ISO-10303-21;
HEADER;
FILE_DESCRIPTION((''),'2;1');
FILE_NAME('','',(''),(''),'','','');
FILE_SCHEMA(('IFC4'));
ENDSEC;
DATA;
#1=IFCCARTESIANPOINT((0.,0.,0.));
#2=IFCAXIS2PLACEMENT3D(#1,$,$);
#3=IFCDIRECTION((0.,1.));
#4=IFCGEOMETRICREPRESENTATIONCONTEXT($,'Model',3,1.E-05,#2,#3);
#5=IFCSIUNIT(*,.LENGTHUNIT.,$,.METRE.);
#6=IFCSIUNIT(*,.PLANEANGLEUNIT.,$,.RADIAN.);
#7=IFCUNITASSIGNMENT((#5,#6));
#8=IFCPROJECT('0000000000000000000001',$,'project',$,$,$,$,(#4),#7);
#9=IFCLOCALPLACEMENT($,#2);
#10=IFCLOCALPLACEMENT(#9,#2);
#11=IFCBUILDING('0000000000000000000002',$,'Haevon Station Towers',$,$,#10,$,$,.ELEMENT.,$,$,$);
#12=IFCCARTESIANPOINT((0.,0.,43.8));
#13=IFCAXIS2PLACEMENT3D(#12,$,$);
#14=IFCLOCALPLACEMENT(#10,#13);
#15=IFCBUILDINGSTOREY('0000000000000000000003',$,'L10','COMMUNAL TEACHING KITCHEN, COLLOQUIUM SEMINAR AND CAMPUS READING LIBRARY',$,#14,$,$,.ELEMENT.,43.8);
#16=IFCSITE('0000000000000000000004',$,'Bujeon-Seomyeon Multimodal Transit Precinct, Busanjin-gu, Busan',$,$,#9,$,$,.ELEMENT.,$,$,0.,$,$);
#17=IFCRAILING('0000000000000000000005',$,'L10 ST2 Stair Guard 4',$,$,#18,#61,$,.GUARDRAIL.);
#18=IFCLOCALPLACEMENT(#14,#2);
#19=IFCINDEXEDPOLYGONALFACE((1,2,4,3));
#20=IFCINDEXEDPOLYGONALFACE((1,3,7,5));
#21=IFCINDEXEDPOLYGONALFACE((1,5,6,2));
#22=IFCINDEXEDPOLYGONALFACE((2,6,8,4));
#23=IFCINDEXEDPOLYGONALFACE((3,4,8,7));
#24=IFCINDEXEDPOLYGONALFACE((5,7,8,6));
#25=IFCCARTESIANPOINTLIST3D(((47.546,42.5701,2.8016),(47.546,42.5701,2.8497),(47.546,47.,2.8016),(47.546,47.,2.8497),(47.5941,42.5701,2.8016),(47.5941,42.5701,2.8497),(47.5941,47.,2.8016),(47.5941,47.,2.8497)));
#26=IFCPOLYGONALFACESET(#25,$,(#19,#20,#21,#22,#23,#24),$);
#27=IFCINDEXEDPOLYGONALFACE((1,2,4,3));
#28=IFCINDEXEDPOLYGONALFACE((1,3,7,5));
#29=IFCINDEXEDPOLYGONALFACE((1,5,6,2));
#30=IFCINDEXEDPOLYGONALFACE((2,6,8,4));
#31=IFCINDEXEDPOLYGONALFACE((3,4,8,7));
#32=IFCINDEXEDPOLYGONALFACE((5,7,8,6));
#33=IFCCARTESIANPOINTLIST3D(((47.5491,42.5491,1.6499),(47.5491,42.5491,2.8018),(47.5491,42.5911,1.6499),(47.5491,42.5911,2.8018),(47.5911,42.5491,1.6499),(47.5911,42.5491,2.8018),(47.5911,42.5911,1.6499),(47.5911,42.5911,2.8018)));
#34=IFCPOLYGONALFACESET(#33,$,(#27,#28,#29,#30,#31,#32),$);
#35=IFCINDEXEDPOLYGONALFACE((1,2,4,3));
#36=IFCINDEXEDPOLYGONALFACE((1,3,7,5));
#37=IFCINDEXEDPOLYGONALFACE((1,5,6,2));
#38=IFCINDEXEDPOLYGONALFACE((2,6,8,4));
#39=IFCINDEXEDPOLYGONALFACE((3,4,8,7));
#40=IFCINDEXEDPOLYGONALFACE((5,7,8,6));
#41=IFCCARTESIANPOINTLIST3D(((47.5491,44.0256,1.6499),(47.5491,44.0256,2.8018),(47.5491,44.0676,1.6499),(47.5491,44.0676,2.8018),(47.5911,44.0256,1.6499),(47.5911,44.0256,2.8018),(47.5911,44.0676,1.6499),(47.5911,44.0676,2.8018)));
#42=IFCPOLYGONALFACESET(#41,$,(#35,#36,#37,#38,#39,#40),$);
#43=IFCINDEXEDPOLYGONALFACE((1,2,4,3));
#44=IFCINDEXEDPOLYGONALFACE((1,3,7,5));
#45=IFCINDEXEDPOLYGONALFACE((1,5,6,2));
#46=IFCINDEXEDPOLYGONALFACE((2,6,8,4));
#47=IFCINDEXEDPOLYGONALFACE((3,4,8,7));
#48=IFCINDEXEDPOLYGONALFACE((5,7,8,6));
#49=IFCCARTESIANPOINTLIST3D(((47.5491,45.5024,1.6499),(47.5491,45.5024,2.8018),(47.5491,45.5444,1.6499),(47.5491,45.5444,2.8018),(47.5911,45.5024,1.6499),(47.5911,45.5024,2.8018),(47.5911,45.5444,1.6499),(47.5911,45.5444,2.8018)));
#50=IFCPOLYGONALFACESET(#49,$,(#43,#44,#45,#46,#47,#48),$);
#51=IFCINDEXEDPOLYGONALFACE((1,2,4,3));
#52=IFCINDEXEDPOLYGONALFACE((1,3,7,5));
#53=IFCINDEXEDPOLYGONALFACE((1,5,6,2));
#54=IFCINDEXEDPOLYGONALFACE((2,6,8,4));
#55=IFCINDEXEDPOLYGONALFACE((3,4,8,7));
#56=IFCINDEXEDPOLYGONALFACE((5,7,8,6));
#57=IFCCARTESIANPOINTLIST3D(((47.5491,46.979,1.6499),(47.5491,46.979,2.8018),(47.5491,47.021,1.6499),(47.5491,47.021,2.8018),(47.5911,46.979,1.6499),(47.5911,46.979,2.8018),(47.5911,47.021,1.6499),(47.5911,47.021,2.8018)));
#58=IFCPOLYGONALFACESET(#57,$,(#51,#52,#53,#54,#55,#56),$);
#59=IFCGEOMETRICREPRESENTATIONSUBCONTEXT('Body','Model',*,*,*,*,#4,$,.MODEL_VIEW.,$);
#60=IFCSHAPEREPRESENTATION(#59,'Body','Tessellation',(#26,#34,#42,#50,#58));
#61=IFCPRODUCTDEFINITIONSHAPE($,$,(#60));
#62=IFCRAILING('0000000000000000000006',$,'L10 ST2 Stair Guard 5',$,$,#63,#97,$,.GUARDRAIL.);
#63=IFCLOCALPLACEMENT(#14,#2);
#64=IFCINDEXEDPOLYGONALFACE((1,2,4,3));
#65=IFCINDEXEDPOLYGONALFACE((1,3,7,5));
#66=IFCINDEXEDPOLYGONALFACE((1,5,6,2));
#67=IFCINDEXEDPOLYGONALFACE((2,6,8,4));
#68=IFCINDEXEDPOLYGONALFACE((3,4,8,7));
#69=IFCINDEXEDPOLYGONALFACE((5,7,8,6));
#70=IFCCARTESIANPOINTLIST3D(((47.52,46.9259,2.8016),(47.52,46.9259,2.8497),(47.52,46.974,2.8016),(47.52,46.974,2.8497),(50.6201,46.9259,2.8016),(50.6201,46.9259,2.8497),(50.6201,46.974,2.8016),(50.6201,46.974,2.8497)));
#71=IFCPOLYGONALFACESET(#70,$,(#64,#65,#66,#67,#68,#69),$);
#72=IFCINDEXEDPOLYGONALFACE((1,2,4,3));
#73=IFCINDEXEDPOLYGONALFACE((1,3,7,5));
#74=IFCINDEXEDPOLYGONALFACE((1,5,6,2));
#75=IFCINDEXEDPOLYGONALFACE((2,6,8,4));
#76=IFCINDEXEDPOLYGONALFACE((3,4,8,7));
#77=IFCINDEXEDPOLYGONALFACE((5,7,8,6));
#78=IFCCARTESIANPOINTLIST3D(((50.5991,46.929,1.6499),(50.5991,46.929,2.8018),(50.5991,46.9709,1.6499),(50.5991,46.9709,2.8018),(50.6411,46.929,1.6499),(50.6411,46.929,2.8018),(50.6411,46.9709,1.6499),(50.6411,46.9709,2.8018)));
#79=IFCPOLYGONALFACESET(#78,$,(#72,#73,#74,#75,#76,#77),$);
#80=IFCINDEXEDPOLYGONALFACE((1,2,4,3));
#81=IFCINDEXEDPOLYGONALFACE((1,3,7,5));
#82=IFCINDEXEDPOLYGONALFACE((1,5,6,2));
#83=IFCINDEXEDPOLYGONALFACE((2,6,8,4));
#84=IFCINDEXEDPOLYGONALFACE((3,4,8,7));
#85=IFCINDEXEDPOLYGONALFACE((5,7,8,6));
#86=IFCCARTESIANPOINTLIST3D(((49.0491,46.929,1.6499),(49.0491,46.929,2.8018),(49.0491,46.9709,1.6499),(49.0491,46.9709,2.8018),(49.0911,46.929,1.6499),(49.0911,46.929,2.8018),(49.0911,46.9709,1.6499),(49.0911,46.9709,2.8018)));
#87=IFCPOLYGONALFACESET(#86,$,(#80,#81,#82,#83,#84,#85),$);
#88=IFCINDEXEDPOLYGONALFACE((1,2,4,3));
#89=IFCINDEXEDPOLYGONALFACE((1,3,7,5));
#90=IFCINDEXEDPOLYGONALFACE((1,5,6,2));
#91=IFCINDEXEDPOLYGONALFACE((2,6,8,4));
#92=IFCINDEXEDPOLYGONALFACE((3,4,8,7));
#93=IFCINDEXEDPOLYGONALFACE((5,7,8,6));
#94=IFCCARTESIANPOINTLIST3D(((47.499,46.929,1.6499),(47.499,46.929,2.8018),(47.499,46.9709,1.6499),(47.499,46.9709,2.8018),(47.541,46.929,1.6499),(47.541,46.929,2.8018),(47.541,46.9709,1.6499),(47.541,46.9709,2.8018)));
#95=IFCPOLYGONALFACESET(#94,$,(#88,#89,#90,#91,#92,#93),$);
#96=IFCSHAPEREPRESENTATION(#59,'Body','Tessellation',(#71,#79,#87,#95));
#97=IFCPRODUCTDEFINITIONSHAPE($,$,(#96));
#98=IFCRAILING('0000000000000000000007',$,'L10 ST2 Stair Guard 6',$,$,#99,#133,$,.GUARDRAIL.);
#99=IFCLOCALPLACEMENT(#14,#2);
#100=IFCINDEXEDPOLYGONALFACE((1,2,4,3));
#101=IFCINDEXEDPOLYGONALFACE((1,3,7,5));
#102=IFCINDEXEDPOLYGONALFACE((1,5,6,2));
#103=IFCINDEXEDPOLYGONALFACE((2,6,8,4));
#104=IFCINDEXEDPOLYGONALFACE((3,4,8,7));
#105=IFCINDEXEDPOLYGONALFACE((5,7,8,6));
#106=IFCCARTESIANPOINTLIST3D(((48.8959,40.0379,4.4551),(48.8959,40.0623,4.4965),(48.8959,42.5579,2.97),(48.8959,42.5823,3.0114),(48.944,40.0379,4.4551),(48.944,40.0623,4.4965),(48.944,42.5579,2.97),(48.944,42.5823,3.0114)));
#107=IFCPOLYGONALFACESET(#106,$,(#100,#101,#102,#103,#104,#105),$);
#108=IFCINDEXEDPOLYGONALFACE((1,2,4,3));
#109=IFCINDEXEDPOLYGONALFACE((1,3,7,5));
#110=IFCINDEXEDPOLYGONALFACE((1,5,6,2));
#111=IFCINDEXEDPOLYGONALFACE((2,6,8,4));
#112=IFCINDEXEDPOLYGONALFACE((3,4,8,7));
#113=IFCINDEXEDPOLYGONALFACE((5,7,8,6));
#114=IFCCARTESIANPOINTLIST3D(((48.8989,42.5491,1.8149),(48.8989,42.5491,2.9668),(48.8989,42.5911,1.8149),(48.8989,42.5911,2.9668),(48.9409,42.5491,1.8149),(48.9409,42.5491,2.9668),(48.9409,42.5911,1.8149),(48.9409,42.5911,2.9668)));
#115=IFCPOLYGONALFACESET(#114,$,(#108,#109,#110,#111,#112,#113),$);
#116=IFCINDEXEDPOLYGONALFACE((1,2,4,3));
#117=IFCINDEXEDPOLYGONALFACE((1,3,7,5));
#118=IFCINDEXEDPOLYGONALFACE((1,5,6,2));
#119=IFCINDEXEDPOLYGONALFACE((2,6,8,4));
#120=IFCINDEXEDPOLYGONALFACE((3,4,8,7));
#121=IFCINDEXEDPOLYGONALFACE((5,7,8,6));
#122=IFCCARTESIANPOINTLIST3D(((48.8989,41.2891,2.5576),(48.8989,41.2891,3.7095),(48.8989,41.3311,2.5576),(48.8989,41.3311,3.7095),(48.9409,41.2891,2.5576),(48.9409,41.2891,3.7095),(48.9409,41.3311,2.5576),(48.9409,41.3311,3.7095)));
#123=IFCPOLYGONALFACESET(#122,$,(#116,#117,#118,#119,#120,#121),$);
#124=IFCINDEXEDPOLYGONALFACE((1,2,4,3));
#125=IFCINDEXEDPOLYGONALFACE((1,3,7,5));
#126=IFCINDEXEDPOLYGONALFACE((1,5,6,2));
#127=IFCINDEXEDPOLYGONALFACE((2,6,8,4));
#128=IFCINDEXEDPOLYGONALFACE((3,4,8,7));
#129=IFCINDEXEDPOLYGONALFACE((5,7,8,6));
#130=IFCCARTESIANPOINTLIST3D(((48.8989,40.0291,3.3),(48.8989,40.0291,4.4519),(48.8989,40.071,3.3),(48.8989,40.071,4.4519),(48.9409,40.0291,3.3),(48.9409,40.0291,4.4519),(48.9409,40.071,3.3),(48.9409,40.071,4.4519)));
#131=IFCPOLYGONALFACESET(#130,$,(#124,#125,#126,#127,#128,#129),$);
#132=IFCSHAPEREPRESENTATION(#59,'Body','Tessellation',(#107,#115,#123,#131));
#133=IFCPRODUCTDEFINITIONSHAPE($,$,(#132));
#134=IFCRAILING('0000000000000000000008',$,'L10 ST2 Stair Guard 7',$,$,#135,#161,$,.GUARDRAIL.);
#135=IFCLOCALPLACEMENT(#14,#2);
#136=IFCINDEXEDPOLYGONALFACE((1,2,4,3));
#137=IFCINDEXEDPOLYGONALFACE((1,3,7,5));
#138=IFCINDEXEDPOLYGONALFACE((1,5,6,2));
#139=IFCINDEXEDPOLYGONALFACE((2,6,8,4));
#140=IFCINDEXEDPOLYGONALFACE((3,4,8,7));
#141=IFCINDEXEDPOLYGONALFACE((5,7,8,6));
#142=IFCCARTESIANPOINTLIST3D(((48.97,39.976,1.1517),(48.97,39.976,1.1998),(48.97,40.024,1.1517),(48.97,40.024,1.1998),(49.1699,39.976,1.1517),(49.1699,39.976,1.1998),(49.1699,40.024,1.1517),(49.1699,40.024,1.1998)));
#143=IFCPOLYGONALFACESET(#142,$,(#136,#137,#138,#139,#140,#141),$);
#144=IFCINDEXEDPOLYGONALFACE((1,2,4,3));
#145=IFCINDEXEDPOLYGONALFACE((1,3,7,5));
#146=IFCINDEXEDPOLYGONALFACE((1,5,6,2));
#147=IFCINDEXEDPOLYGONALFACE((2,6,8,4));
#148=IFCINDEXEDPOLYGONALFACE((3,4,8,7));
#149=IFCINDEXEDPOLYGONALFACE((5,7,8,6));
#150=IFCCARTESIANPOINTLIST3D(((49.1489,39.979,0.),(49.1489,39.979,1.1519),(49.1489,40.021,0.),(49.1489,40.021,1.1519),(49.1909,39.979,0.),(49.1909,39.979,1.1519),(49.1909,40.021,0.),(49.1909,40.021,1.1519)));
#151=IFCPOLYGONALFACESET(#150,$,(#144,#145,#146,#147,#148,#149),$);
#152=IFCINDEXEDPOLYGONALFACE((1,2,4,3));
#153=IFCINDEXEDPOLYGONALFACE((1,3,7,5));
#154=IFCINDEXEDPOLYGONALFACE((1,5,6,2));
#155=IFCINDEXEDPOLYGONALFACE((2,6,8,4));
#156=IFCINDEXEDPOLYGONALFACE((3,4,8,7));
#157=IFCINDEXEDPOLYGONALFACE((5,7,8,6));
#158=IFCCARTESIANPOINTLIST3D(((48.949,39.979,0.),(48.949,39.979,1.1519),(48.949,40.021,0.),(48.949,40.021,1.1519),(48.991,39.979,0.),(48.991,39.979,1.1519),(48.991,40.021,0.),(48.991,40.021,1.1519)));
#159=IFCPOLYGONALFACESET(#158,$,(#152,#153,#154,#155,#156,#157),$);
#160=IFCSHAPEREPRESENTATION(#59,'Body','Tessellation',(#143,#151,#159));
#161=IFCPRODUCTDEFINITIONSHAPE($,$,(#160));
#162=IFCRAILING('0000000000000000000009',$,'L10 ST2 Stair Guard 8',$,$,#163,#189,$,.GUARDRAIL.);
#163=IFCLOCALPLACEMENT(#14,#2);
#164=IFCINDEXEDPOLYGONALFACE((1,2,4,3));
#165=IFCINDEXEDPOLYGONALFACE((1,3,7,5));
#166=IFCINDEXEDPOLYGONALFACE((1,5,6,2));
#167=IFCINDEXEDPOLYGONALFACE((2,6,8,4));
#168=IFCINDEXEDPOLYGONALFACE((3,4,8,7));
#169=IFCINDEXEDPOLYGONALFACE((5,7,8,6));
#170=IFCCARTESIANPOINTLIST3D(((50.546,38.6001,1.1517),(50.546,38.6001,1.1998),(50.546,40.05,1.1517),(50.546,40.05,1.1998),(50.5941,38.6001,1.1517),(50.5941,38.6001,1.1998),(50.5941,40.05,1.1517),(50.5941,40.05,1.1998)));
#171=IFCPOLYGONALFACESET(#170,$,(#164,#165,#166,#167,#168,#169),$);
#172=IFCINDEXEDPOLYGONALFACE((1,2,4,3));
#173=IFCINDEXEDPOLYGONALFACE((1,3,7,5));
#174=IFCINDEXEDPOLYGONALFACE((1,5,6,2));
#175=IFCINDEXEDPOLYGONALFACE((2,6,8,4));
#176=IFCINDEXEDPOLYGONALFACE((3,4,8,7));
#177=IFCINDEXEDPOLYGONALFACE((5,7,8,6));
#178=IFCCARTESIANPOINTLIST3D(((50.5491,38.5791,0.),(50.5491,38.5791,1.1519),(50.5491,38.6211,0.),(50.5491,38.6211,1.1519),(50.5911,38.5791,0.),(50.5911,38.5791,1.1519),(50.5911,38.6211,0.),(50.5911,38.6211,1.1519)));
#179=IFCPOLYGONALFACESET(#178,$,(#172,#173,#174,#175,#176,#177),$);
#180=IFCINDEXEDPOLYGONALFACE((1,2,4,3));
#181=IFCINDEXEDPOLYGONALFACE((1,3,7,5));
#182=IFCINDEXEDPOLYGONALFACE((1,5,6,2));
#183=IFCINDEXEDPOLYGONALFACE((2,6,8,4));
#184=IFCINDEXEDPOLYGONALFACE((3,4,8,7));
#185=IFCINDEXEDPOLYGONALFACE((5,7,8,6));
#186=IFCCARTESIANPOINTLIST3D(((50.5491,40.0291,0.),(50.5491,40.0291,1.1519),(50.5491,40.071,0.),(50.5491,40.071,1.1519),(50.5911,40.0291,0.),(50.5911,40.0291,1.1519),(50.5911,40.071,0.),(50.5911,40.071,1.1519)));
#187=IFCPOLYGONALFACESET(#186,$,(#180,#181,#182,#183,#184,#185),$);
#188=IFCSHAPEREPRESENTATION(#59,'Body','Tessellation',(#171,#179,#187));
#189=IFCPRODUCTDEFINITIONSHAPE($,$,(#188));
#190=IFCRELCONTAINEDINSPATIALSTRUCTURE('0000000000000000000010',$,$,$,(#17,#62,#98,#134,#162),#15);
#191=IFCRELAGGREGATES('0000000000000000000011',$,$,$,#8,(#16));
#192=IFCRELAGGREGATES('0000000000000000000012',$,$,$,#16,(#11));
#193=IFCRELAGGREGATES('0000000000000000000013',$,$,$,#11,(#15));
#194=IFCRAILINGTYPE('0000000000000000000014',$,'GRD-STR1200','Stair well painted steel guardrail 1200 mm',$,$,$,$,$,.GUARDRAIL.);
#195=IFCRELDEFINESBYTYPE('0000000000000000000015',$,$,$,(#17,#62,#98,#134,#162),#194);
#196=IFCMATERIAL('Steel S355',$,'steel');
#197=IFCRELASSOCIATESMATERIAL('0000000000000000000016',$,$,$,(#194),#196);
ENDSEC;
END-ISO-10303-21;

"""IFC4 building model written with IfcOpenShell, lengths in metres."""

from ifc_helpers import new_model, si_unit, direction, frame, origin, origin_2d, place, context, subcontext, project, spatial, rectangle, extrude, material, type_object, element, save


model = new_model("IFC4")

# Units and contexts
model_context = context("Model", 3, precision=1e-05, world=origin(), true_north=direction((0.0, 1.0)))
body_context = subcontext(model_context, "Body", "Model", "MODEL_VIEW")
ifc_project = project(units=[si_unit("LENGTHUNIT", "METRE"), si_unit("PLANEANGLEUNIT", "RADIAN")], contexts=[model_context])

# Site, building, storey
site_placement = place(None, origin())
site = spatial("IfcSite", under=ifc_project, at=site_placement, Name="Bujeon-Seomyeon Multimodal Transit Precinct, Busanjin-gu, Busan", CompositionType="ELEMENT", RefElevation=0.0)
building_placement = place(site_placement, origin())
building = spatial("IfcBuilding", under=site, at=building_placement, Name="Haevon Station Towers", CompositionType="ELEMENT")
storey_placement = place(building_placement, frame((0.0, 0.0, 43.8)))
storey = spatial("IfcBuildingStorey", under=building, at=storey_placement, Name="L10", Description="COMMUNAL TEACHING KITCHEN, COLLOQUIUM SEMINAR AND CAMPUS READING LIBRARY", CompositionType="ELEMENT", Elevation=43.8)

# Shared definitions
ifc_material_1 = material(Name="Steel S355", Category="steel")

# Railings
railing_type_1 = type_object("IfcRailingType", Name="GRD-STR1200", Description="Stair well painted steel guardrail 1200 mm", PredefinedType="GUARDRAIL", material=ifc_material_1)
for number, where, name in (
    (1, (47.5701, 42.5701, 1.6499), "L10 ST2 Stair Guard 4"),
):
    element("IfcRailing", number, at=place(storey_placement, frame(where)), inside=storey, type_object=railing_type_1, Name=name, PredefinedType="GUARDRAIL", context=body_context, shape_type="SweptSolid", body=[
        extrude(rectangle(XDim=0.0481, YDim=0.0481, at=origin_2d()), frame((0.0, 0.0, 1.1758), z_axis=(0.0, 1.0, 0.0), x_axis=(-1.0, 0.0, 0.0)), (0.0, 0.0, 1.0), 4.4299),
        extrude(rectangle(XDim=0.042, YDim=0.042, at=origin_2d()), origin(), (0.0, 0.0, 1.0), 1.1519),
        extrude(rectangle(XDim=0.042, YDim=0.042, at=origin_2d()), frame((0.0, 1.4766, 0.0)), (0.0, 0.0, 1.0), 1.1519),
        extrude(rectangle(XDim=0.042, YDim=0.042, at=origin_2d()), frame((0.0, 2.9534, 0.0)), (0.0, 0.0, 1.0), 1.1519),
        extrude(rectangle(XDim=0.042, YDim=0.042, at=origin_2d()), frame((0.0, 4.4299, 0.0)), (0.0, 0.0, 1.0), 1.1519),
    ])
railing_1_placement = place(storey_placement, frame((50.6201, 46.95, 1.6499)))
element("IfcRailing", 2, at=railing_1_placement, inside=storey, type_object=railing_type_1, Name="L10 ST2 Stair Guard 5", PredefinedType="GUARDRAIL", context=body_context, shape_type="SweptSolid", body=[
    extrude(rectangle(XDim=0.0481, YDim=0.0481, at=origin_2d()), frame((0.0, 0.0, 1.1758), z_axis=(-1.0, 0.0, 0.0), x_axis=(0.0, -1.0, 0.0)), (0.0, 0.0, 1.0), 3.1001),
    extrude(rectangle(XDim=0.042, YDim=0.042, at=origin_2d()), origin(), (0.0, 0.0, 1.0), 1.1519),
    extrude(rectangle(XDim=0.042, YDim=0.042, at=origin_2d()), frame((-1.55, 0.0, 0.0)), (0.0, 0.0, 1.0), 1.1519),
    extrude(rectangle(XDim=0.042, YDim=0.042, at=origin_2d()), frame((-3.1001, 0.0, 0.0)), (0.0, 0.0, 1.0), 1.1519),
])
railing_2_placement = place(storey_placement, frame((48.9199, 42.5701, 1.8149)))
element("IfcRailing", 3, at=railing_2_placement, inside=storey, type_object=railing_type_1, Name="L10 ST2 Stair Guard 6", PredefinedType="GUARDRAIL", context=body_context, shape_type="SweptSolid", body=[
    extrude(rectangle(XDim=0.0481, YDim=0.0481, at=origin_2d()), frame((0.0, 0.0, 1.1758), z_axis=(0.0, -0.861524, 0.507717), x_axis=(1.0, 0.0, 0.0)), (0.0, 0.0, 1.0), 2.925),
    extrude(rectangle(XDim=0.042, YDim=0.042, at=origin_2d()), origin(), (0.0, 0.0, 1.0), 1.1519),
    extrude(rectangle(XDim=0.042, YDim=0.042, at=origin_2d()), frame((0.0, -1.26, 0.7427)), (0.0, 0.0, 1.0), 1.1519),
    extrude(rectangle(XDim=0.042, YDim=0.042, at=origin_2d()), frame((0.0, -2.52, 1.4851)), (0.0, 0.0, 1.0), 1.1519),
])
railing_3_placement = place(storey_placement, frame((49.1699, 40.0, 0.0)))
element("IfcRailing", 4, at=railing_3_placement, inside=storey, type_object=railing_type_1, Name="L10 ST2 Stair Guard 7", PredefinedType="GUARDRAIL", context=body_context, shape_type="SweptSolid", body=[
    extrude(rectangle(XDim=0.0481, YDim=0.0481, at=origin_2d()), frame((0.0, 0.0, 1.1758), z_axis=(-1.0, 0.0, 0.0), x_axis=(0.0, -1.0, 0.0)), (0.0, 0.0, 1.0), 0.2),
    extrude(rectangle(XDim=0.042, YDim=0.042, at=origin_2d()), origin(), (0.0, 0.0, 1.0), 1.1519),
    extrude(rectangle(XDim=0.042, YDim=0.042, at=origin_2d()), frame((-0.2, 0.0, 0.0)), (0.0, 0.0, 1.0), 1.1519),
])
railing_4_placement = place(storey_placement, frame((50.5701, 38.6001, 0.0)))
element("IfcRailing", 5, at=railing_4_placement, inside=storey, type_object=railing_type_1, Name="L10 ST2 Stair Guard 8", PredefinedType="GUARDRAIL", context=body_context, shape_type="SweptSolid", body=[
    extrude(rectangle(XDim=0.0481, YDim=0.0481, at=origin_2d()), frame((0.0, 0.0, 1.1758), z_axis=(0.0, 1.0, 0.0), x_axis=(-1.0, 0.0, 0.0)), (0.0, 0.0, 1.0), 1.45),
    extrude(rectangle(XDim=0.042, YDim=0.042, at=origin_2d()), origin(), (0.0, 0.0, 1.0), 1.1519),
    extrude(rectangle(XDim=0.042, YDim=0.042, at=origin_2d()), frame((0.0, 1.45, 0.0)), (0.0, 0.0, 1.0), 1.1519),
])

save(model, "model.ifc")
